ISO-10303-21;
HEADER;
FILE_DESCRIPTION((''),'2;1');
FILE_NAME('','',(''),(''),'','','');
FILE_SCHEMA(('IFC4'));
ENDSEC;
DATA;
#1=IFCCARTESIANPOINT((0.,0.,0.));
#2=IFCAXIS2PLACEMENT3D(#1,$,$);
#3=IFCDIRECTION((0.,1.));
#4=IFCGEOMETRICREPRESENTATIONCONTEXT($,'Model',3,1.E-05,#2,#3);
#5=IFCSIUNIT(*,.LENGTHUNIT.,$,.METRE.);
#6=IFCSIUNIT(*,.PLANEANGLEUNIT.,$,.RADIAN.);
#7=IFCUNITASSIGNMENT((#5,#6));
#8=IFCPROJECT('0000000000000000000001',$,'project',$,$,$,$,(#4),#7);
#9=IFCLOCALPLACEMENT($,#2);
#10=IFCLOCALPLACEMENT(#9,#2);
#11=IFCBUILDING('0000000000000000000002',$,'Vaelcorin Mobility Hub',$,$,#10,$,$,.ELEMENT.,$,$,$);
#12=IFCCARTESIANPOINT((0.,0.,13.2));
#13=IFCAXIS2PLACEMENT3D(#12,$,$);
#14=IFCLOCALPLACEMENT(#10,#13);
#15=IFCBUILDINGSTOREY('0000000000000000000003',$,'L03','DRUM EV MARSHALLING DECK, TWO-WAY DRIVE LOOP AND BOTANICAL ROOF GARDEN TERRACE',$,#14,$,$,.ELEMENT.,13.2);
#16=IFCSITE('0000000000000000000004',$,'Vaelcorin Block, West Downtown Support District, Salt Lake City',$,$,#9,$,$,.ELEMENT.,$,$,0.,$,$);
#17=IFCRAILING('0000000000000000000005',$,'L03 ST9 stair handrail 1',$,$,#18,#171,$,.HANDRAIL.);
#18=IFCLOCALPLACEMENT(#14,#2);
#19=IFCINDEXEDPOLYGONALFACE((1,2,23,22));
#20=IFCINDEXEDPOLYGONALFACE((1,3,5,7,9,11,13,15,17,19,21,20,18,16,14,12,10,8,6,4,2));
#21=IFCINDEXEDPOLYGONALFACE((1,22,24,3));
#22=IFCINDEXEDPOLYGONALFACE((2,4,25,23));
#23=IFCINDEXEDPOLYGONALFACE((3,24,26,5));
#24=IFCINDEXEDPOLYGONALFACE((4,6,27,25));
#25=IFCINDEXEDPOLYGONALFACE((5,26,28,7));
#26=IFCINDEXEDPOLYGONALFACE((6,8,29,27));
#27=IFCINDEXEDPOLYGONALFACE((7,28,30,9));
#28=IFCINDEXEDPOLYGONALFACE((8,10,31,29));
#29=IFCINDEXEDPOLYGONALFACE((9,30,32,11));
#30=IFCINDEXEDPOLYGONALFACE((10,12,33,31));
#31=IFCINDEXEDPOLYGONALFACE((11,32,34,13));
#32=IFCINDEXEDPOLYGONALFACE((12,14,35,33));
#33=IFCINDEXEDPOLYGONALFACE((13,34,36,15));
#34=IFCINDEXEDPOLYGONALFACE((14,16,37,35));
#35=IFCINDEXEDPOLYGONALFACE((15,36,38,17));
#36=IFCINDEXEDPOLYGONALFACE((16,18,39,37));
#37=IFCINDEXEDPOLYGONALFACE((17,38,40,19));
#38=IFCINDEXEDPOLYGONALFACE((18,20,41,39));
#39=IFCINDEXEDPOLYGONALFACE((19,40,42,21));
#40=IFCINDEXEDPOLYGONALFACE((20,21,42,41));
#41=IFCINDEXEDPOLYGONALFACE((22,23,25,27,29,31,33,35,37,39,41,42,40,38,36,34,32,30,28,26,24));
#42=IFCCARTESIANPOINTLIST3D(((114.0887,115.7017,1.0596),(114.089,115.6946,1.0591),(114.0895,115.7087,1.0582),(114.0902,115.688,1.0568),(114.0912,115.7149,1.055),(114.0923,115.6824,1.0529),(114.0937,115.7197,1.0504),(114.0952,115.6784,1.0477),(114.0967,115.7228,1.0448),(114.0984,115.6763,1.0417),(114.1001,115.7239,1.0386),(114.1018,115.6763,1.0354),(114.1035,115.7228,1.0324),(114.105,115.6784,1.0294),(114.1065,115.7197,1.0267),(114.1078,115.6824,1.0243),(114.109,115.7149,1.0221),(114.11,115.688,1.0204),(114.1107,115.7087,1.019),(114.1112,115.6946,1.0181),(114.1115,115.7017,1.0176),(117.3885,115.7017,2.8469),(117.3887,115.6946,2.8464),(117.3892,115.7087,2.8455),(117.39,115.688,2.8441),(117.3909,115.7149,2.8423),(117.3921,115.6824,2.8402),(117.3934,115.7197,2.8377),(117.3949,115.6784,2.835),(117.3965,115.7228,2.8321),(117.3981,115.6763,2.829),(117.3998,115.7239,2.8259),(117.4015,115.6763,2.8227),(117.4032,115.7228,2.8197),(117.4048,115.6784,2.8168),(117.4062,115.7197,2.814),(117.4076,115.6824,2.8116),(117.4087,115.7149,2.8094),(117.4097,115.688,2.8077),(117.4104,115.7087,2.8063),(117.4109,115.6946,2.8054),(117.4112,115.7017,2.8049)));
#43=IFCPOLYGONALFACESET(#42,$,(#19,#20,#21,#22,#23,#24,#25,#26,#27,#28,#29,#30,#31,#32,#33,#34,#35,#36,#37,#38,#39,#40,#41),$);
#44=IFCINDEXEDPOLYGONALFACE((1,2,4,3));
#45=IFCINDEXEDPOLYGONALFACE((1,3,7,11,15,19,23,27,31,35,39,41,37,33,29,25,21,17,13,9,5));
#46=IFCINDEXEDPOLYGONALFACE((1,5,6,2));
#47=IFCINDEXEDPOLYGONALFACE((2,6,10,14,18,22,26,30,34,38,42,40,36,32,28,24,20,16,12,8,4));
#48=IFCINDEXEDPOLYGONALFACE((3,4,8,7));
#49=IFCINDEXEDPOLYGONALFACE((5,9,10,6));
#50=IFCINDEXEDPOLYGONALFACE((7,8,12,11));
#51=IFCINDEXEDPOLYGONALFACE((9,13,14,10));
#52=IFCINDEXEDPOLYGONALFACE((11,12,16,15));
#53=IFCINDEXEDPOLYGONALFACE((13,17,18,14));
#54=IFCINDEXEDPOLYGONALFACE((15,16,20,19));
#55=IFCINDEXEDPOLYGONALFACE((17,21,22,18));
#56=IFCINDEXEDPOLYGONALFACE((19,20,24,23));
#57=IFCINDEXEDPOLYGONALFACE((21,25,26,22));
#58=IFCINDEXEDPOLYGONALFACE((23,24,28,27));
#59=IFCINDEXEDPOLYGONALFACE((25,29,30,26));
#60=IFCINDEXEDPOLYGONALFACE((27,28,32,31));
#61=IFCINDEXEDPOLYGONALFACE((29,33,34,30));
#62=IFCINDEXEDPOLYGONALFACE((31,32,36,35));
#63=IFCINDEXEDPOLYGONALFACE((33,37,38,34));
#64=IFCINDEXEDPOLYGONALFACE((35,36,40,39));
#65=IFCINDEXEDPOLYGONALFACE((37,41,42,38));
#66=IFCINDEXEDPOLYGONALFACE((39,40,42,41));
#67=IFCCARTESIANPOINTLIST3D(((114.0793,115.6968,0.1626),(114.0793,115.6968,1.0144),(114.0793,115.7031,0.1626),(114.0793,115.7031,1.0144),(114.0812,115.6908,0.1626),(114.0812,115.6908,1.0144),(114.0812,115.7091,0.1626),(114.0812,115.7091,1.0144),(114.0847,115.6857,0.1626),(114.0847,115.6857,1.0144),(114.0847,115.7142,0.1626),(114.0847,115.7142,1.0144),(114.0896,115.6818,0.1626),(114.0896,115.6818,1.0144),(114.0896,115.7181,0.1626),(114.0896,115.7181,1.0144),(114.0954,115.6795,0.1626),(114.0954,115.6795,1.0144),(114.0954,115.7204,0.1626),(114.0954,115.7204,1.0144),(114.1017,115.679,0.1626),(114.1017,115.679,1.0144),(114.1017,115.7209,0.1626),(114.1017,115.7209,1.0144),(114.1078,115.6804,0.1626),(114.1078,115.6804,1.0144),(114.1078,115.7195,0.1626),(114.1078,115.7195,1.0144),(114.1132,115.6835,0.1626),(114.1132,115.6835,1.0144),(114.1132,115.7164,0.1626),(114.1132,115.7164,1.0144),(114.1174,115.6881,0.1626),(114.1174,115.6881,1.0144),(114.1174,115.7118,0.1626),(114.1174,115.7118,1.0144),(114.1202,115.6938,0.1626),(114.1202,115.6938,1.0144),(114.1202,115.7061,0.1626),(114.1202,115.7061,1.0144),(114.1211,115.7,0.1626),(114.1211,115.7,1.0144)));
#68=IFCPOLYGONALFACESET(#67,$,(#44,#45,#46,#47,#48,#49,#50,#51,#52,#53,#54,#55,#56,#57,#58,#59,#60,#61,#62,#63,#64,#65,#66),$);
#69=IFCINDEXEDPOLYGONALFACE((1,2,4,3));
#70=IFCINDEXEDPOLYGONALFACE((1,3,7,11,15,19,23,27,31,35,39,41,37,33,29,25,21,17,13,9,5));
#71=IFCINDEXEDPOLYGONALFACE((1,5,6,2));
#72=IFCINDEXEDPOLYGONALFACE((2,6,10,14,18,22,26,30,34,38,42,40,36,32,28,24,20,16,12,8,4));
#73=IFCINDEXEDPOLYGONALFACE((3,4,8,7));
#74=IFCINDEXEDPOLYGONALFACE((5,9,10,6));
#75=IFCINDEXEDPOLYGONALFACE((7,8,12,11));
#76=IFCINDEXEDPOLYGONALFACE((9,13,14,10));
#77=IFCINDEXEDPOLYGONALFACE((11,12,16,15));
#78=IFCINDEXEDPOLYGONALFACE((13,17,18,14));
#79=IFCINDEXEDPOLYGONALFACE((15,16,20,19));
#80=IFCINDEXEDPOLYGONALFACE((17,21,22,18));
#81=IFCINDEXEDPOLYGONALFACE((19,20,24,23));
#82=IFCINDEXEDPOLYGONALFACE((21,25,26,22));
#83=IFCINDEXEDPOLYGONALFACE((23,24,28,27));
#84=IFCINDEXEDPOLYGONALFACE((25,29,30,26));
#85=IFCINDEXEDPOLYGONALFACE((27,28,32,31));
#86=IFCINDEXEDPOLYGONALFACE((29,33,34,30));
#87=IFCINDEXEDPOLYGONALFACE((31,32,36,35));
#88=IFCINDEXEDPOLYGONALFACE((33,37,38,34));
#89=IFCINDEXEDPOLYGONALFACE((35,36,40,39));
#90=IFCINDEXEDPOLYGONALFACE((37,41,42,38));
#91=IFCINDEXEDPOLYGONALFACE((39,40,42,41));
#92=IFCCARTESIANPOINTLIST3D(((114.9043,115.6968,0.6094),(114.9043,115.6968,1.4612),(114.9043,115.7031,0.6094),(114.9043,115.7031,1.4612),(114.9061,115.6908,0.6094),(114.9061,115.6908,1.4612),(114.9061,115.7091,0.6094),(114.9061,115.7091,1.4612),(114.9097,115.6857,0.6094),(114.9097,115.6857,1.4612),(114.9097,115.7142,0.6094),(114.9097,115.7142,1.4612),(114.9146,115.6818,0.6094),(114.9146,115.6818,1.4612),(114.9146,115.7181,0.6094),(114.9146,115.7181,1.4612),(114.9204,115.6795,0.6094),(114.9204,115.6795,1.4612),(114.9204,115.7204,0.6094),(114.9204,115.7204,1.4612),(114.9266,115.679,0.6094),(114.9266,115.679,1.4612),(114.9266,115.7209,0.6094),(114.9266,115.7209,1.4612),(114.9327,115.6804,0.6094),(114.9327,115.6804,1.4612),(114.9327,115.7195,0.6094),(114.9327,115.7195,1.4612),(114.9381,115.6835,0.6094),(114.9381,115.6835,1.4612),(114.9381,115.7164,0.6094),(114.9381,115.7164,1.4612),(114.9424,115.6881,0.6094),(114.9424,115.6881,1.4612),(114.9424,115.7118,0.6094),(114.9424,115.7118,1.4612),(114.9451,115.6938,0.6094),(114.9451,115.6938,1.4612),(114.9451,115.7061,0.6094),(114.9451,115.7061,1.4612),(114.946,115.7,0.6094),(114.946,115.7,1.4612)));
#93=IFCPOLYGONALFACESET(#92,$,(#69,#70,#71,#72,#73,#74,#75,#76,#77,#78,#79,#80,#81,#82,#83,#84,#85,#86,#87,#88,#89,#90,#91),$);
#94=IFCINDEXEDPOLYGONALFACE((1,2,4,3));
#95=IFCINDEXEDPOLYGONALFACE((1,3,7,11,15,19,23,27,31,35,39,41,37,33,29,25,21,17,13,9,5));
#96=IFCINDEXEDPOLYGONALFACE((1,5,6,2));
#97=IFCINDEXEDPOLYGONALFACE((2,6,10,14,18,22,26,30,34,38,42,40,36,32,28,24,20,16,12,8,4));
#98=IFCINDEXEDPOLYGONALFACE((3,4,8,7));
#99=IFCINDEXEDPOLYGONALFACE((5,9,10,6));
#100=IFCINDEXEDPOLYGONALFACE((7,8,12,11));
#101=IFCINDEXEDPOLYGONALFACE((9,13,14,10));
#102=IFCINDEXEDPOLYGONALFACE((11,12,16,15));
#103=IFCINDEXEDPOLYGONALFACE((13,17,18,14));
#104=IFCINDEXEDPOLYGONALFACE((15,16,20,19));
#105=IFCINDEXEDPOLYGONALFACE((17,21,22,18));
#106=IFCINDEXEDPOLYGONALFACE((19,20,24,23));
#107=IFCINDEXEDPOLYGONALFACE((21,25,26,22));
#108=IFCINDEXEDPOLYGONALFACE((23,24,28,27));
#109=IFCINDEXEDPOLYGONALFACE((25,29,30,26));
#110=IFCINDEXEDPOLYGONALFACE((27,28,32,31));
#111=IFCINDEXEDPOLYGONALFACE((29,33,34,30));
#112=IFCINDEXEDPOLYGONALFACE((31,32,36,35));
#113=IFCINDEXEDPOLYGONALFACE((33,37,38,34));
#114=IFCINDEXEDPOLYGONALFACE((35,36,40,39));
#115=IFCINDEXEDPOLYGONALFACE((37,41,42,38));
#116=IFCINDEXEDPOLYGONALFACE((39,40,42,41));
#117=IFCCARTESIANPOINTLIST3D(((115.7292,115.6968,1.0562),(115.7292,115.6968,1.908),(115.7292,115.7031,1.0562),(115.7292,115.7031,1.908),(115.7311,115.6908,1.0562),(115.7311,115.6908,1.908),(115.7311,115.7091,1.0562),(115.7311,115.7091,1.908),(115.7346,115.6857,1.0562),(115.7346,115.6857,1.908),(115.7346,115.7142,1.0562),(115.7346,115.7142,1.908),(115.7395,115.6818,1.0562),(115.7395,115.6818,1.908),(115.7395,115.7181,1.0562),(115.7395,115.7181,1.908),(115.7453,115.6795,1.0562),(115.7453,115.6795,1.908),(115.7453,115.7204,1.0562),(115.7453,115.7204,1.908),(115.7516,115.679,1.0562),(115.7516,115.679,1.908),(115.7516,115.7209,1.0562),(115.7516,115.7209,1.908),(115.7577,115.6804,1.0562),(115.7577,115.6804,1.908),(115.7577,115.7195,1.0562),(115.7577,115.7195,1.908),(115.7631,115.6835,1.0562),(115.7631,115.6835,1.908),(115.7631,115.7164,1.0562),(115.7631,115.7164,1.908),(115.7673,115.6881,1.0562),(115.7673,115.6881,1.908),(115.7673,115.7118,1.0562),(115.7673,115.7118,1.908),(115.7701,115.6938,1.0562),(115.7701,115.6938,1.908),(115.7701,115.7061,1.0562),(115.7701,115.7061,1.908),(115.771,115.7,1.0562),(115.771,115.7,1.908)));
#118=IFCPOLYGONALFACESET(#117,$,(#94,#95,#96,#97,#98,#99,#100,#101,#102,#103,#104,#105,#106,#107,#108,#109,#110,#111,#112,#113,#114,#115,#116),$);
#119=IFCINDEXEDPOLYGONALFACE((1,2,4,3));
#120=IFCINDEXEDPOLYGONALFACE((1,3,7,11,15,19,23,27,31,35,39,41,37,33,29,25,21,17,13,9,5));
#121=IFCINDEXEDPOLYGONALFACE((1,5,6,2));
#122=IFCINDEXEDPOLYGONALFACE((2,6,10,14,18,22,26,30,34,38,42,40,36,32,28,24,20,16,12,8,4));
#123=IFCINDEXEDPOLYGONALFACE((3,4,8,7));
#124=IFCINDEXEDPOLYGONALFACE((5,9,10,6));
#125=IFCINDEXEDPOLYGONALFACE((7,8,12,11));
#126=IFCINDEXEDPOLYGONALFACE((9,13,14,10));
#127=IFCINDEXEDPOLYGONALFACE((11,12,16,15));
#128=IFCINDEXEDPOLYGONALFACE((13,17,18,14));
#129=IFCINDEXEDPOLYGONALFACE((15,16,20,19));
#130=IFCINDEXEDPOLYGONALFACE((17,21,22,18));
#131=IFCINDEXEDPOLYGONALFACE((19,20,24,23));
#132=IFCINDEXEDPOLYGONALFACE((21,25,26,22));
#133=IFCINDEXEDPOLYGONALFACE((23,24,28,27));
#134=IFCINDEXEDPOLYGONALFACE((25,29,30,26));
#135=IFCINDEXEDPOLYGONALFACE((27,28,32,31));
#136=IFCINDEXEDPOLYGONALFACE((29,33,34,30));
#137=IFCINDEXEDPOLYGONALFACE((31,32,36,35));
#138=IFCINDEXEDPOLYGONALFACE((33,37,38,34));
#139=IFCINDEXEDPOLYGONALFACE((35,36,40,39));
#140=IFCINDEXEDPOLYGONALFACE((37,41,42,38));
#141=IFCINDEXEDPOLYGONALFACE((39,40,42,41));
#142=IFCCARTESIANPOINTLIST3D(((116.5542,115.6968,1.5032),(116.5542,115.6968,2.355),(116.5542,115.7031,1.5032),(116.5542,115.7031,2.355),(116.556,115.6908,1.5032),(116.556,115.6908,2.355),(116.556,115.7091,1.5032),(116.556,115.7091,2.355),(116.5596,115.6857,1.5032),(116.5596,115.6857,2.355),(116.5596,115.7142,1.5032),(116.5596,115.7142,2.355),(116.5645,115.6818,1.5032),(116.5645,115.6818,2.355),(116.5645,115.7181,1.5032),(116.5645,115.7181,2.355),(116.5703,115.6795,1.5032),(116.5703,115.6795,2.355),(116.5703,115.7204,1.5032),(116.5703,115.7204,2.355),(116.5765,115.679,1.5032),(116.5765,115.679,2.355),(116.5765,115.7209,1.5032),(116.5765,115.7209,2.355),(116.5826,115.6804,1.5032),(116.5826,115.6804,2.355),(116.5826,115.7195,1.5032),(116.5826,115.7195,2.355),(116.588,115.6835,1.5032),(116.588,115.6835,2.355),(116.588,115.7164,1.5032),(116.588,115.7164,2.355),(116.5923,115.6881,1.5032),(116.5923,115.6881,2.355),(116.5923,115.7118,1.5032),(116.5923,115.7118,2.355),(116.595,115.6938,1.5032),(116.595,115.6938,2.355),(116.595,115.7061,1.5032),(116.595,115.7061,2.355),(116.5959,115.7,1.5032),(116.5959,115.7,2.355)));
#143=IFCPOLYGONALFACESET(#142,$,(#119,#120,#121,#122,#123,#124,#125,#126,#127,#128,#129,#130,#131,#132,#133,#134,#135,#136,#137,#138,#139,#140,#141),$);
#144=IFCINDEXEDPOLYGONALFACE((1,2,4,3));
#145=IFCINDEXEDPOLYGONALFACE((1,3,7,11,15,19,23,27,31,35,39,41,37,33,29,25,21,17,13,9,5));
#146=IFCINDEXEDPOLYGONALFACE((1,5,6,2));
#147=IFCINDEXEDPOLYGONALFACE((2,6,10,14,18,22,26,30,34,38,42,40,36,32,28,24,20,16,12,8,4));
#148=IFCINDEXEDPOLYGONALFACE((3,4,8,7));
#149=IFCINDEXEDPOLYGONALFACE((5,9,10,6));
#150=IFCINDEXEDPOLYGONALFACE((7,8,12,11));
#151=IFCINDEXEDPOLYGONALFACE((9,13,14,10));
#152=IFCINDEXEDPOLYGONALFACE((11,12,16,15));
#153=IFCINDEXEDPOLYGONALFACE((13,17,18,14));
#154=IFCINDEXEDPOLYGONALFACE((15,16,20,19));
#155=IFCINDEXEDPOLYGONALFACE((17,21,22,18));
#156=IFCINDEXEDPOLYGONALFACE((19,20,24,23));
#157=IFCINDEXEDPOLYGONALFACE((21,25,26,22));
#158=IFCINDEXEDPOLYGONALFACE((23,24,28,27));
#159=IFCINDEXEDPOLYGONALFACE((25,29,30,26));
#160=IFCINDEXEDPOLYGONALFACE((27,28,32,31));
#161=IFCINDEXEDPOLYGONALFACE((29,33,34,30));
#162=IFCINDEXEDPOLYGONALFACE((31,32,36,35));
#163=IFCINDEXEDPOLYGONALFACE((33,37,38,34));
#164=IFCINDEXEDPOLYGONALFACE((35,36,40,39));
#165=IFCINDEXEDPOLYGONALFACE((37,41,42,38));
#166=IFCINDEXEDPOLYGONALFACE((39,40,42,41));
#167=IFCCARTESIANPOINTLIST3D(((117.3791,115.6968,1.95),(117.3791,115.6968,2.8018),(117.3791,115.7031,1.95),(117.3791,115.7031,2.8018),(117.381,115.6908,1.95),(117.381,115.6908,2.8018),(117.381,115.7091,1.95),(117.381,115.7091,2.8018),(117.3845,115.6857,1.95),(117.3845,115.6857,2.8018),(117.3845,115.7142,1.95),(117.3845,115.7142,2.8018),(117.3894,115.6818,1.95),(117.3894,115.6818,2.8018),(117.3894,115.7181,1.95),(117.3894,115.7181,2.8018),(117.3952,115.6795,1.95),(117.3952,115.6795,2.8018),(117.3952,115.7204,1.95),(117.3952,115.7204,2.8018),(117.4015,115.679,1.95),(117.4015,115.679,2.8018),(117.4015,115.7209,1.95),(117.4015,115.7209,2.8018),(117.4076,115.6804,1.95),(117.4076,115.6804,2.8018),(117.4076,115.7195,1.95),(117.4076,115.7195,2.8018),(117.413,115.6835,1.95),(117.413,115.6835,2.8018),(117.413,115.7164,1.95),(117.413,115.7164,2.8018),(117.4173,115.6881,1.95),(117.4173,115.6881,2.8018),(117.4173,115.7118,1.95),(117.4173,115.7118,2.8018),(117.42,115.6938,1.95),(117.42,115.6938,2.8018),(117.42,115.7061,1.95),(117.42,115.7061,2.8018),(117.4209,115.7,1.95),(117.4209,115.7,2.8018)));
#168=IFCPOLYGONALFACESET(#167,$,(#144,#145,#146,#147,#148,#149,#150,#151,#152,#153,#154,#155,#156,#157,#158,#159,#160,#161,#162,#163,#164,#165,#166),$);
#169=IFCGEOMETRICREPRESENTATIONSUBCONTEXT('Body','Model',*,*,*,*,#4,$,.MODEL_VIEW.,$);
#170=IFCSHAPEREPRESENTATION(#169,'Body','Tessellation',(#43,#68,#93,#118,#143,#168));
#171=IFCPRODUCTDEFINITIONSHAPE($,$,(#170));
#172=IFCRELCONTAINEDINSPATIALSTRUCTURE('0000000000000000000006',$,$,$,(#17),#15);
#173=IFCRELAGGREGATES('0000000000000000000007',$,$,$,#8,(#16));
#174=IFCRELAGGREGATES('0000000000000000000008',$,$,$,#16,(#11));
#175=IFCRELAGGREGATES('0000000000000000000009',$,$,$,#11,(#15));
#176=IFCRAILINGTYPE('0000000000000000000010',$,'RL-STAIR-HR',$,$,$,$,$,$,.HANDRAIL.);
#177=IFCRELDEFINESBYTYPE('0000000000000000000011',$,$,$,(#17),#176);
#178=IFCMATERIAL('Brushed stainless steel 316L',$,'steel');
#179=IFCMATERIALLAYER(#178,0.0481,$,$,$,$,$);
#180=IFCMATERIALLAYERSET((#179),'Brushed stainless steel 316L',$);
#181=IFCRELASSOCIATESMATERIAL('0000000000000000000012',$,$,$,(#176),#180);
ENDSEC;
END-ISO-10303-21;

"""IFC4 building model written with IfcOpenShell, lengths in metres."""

from ifc_helpers import new_model, si_unit, direction, frame, origin, origin_2d, place, context, subcontext, project, spatial, circle, extrude, material, layer, layer_set, type_object, element, save


model = new_model("IFC4")

# Units and contexts
model_context = context("Model", 3, precision=1e-05, world=origin(), true_north=direction((0.0, 1.0)))
body_context = subcontext(model_context, "Body", "Model", "MODEL_VIEW")
ifc_project = project(units=[si_unit("LENGTHUNIT", "METRE"), si_unit("PLANEANGLEUNIT", "RADIAN")], contexts=[model_context])

# Site, building, storey
site_placement = place(None, origin())
site = spatial("IfcSite", under=ifc_project, at=site_placement, Name="Vaelcorin Block, West Downtown Support District, Salt Lake City", CompositionType="ELEMENT", RefElevation=0.0)
building_placement = place(site_placement, origin())
building = spatial("IfcBuilding", under=site, at=building_placement, Name="Vaelcorin Mobility Hub", CompositionType="ELEMENT")
storey_placement = place(building_placement, frame((0.0, 0.0, 13.2)))
storey = spatial("IfcBuildingStorey", under=building, at=storey_placement, Name="L03", Description="DRUM EV MARSHALLING DECK, TWO-WAY DRIVE LOOP AND BOTANICAL ROOF GARDEN TERRACE", CompositionType="ELEMENT", Elevation=13.2)

# Railing
ifc_material_1 = material(Name="Brushed stainless steel 316L", Category="steel")
ifc_layer_1 = layer(ifc_material_1, 0.0481)
ifc_layer_set_1 = layer_set([ifc_layer_1], Name="Brushed stainless steel 316L")
railing_type_1 = type_object("IfcRailingType", Name="RL-STAIR-HR", PredefinedType="HANDRAIL", material=ifc_layer_set_1)
railing_1_placement = place(storey_placement, frame((114.1001, 115.7, 0.1626)))
element("IfcRailing", 1, at=railing_1_placement, inside=storey, type_object=railing_type_1, Name="L03 ST9 stair handrail 1", PredefinedType="HANDRAIL", context=body_context, shape_type="SweptSolid", body=[
    extrude(circle(Radius=0.0239, at=origin_2d()), frame((0.0, 0.0, 0.876), z_axis=(0.879297, 0.0, 0.476275), x_axis=(0.0, 1.0, 0.0)), (0.0, 0.0, 1.0), 3.7527),
    extrude(circle(Radius=0.021, at=origin_2d()), origin(), (0.0, 0.0, 1.0), 0.8518),
    extrude(circle(Radius=0.021, at=origin_2d()), frame((0.825, 0.0, 0.4468)), (0.0, 0.0, 1.0), 0.8518),
    extrude(circle(Radius=0.021, at=origin_2d()), frame((1.6499, 0.0, 0.8936)), (0.0, 0.0, 1.0), 0.8518),
    extrude(circle(Radius=0.021, at=origin_2d()), frame((2.4749, 0.0, 1.3406)), (0.0, 0.0, 1.0), 0.8518),
    extrude(circle(Radius=0.021, at=origin_2d()), frame((3.2998, 0.0, 1.7874)), (0.0, 0.0, 1.0), 0.8518),
])

save(model, "model.ifc")
